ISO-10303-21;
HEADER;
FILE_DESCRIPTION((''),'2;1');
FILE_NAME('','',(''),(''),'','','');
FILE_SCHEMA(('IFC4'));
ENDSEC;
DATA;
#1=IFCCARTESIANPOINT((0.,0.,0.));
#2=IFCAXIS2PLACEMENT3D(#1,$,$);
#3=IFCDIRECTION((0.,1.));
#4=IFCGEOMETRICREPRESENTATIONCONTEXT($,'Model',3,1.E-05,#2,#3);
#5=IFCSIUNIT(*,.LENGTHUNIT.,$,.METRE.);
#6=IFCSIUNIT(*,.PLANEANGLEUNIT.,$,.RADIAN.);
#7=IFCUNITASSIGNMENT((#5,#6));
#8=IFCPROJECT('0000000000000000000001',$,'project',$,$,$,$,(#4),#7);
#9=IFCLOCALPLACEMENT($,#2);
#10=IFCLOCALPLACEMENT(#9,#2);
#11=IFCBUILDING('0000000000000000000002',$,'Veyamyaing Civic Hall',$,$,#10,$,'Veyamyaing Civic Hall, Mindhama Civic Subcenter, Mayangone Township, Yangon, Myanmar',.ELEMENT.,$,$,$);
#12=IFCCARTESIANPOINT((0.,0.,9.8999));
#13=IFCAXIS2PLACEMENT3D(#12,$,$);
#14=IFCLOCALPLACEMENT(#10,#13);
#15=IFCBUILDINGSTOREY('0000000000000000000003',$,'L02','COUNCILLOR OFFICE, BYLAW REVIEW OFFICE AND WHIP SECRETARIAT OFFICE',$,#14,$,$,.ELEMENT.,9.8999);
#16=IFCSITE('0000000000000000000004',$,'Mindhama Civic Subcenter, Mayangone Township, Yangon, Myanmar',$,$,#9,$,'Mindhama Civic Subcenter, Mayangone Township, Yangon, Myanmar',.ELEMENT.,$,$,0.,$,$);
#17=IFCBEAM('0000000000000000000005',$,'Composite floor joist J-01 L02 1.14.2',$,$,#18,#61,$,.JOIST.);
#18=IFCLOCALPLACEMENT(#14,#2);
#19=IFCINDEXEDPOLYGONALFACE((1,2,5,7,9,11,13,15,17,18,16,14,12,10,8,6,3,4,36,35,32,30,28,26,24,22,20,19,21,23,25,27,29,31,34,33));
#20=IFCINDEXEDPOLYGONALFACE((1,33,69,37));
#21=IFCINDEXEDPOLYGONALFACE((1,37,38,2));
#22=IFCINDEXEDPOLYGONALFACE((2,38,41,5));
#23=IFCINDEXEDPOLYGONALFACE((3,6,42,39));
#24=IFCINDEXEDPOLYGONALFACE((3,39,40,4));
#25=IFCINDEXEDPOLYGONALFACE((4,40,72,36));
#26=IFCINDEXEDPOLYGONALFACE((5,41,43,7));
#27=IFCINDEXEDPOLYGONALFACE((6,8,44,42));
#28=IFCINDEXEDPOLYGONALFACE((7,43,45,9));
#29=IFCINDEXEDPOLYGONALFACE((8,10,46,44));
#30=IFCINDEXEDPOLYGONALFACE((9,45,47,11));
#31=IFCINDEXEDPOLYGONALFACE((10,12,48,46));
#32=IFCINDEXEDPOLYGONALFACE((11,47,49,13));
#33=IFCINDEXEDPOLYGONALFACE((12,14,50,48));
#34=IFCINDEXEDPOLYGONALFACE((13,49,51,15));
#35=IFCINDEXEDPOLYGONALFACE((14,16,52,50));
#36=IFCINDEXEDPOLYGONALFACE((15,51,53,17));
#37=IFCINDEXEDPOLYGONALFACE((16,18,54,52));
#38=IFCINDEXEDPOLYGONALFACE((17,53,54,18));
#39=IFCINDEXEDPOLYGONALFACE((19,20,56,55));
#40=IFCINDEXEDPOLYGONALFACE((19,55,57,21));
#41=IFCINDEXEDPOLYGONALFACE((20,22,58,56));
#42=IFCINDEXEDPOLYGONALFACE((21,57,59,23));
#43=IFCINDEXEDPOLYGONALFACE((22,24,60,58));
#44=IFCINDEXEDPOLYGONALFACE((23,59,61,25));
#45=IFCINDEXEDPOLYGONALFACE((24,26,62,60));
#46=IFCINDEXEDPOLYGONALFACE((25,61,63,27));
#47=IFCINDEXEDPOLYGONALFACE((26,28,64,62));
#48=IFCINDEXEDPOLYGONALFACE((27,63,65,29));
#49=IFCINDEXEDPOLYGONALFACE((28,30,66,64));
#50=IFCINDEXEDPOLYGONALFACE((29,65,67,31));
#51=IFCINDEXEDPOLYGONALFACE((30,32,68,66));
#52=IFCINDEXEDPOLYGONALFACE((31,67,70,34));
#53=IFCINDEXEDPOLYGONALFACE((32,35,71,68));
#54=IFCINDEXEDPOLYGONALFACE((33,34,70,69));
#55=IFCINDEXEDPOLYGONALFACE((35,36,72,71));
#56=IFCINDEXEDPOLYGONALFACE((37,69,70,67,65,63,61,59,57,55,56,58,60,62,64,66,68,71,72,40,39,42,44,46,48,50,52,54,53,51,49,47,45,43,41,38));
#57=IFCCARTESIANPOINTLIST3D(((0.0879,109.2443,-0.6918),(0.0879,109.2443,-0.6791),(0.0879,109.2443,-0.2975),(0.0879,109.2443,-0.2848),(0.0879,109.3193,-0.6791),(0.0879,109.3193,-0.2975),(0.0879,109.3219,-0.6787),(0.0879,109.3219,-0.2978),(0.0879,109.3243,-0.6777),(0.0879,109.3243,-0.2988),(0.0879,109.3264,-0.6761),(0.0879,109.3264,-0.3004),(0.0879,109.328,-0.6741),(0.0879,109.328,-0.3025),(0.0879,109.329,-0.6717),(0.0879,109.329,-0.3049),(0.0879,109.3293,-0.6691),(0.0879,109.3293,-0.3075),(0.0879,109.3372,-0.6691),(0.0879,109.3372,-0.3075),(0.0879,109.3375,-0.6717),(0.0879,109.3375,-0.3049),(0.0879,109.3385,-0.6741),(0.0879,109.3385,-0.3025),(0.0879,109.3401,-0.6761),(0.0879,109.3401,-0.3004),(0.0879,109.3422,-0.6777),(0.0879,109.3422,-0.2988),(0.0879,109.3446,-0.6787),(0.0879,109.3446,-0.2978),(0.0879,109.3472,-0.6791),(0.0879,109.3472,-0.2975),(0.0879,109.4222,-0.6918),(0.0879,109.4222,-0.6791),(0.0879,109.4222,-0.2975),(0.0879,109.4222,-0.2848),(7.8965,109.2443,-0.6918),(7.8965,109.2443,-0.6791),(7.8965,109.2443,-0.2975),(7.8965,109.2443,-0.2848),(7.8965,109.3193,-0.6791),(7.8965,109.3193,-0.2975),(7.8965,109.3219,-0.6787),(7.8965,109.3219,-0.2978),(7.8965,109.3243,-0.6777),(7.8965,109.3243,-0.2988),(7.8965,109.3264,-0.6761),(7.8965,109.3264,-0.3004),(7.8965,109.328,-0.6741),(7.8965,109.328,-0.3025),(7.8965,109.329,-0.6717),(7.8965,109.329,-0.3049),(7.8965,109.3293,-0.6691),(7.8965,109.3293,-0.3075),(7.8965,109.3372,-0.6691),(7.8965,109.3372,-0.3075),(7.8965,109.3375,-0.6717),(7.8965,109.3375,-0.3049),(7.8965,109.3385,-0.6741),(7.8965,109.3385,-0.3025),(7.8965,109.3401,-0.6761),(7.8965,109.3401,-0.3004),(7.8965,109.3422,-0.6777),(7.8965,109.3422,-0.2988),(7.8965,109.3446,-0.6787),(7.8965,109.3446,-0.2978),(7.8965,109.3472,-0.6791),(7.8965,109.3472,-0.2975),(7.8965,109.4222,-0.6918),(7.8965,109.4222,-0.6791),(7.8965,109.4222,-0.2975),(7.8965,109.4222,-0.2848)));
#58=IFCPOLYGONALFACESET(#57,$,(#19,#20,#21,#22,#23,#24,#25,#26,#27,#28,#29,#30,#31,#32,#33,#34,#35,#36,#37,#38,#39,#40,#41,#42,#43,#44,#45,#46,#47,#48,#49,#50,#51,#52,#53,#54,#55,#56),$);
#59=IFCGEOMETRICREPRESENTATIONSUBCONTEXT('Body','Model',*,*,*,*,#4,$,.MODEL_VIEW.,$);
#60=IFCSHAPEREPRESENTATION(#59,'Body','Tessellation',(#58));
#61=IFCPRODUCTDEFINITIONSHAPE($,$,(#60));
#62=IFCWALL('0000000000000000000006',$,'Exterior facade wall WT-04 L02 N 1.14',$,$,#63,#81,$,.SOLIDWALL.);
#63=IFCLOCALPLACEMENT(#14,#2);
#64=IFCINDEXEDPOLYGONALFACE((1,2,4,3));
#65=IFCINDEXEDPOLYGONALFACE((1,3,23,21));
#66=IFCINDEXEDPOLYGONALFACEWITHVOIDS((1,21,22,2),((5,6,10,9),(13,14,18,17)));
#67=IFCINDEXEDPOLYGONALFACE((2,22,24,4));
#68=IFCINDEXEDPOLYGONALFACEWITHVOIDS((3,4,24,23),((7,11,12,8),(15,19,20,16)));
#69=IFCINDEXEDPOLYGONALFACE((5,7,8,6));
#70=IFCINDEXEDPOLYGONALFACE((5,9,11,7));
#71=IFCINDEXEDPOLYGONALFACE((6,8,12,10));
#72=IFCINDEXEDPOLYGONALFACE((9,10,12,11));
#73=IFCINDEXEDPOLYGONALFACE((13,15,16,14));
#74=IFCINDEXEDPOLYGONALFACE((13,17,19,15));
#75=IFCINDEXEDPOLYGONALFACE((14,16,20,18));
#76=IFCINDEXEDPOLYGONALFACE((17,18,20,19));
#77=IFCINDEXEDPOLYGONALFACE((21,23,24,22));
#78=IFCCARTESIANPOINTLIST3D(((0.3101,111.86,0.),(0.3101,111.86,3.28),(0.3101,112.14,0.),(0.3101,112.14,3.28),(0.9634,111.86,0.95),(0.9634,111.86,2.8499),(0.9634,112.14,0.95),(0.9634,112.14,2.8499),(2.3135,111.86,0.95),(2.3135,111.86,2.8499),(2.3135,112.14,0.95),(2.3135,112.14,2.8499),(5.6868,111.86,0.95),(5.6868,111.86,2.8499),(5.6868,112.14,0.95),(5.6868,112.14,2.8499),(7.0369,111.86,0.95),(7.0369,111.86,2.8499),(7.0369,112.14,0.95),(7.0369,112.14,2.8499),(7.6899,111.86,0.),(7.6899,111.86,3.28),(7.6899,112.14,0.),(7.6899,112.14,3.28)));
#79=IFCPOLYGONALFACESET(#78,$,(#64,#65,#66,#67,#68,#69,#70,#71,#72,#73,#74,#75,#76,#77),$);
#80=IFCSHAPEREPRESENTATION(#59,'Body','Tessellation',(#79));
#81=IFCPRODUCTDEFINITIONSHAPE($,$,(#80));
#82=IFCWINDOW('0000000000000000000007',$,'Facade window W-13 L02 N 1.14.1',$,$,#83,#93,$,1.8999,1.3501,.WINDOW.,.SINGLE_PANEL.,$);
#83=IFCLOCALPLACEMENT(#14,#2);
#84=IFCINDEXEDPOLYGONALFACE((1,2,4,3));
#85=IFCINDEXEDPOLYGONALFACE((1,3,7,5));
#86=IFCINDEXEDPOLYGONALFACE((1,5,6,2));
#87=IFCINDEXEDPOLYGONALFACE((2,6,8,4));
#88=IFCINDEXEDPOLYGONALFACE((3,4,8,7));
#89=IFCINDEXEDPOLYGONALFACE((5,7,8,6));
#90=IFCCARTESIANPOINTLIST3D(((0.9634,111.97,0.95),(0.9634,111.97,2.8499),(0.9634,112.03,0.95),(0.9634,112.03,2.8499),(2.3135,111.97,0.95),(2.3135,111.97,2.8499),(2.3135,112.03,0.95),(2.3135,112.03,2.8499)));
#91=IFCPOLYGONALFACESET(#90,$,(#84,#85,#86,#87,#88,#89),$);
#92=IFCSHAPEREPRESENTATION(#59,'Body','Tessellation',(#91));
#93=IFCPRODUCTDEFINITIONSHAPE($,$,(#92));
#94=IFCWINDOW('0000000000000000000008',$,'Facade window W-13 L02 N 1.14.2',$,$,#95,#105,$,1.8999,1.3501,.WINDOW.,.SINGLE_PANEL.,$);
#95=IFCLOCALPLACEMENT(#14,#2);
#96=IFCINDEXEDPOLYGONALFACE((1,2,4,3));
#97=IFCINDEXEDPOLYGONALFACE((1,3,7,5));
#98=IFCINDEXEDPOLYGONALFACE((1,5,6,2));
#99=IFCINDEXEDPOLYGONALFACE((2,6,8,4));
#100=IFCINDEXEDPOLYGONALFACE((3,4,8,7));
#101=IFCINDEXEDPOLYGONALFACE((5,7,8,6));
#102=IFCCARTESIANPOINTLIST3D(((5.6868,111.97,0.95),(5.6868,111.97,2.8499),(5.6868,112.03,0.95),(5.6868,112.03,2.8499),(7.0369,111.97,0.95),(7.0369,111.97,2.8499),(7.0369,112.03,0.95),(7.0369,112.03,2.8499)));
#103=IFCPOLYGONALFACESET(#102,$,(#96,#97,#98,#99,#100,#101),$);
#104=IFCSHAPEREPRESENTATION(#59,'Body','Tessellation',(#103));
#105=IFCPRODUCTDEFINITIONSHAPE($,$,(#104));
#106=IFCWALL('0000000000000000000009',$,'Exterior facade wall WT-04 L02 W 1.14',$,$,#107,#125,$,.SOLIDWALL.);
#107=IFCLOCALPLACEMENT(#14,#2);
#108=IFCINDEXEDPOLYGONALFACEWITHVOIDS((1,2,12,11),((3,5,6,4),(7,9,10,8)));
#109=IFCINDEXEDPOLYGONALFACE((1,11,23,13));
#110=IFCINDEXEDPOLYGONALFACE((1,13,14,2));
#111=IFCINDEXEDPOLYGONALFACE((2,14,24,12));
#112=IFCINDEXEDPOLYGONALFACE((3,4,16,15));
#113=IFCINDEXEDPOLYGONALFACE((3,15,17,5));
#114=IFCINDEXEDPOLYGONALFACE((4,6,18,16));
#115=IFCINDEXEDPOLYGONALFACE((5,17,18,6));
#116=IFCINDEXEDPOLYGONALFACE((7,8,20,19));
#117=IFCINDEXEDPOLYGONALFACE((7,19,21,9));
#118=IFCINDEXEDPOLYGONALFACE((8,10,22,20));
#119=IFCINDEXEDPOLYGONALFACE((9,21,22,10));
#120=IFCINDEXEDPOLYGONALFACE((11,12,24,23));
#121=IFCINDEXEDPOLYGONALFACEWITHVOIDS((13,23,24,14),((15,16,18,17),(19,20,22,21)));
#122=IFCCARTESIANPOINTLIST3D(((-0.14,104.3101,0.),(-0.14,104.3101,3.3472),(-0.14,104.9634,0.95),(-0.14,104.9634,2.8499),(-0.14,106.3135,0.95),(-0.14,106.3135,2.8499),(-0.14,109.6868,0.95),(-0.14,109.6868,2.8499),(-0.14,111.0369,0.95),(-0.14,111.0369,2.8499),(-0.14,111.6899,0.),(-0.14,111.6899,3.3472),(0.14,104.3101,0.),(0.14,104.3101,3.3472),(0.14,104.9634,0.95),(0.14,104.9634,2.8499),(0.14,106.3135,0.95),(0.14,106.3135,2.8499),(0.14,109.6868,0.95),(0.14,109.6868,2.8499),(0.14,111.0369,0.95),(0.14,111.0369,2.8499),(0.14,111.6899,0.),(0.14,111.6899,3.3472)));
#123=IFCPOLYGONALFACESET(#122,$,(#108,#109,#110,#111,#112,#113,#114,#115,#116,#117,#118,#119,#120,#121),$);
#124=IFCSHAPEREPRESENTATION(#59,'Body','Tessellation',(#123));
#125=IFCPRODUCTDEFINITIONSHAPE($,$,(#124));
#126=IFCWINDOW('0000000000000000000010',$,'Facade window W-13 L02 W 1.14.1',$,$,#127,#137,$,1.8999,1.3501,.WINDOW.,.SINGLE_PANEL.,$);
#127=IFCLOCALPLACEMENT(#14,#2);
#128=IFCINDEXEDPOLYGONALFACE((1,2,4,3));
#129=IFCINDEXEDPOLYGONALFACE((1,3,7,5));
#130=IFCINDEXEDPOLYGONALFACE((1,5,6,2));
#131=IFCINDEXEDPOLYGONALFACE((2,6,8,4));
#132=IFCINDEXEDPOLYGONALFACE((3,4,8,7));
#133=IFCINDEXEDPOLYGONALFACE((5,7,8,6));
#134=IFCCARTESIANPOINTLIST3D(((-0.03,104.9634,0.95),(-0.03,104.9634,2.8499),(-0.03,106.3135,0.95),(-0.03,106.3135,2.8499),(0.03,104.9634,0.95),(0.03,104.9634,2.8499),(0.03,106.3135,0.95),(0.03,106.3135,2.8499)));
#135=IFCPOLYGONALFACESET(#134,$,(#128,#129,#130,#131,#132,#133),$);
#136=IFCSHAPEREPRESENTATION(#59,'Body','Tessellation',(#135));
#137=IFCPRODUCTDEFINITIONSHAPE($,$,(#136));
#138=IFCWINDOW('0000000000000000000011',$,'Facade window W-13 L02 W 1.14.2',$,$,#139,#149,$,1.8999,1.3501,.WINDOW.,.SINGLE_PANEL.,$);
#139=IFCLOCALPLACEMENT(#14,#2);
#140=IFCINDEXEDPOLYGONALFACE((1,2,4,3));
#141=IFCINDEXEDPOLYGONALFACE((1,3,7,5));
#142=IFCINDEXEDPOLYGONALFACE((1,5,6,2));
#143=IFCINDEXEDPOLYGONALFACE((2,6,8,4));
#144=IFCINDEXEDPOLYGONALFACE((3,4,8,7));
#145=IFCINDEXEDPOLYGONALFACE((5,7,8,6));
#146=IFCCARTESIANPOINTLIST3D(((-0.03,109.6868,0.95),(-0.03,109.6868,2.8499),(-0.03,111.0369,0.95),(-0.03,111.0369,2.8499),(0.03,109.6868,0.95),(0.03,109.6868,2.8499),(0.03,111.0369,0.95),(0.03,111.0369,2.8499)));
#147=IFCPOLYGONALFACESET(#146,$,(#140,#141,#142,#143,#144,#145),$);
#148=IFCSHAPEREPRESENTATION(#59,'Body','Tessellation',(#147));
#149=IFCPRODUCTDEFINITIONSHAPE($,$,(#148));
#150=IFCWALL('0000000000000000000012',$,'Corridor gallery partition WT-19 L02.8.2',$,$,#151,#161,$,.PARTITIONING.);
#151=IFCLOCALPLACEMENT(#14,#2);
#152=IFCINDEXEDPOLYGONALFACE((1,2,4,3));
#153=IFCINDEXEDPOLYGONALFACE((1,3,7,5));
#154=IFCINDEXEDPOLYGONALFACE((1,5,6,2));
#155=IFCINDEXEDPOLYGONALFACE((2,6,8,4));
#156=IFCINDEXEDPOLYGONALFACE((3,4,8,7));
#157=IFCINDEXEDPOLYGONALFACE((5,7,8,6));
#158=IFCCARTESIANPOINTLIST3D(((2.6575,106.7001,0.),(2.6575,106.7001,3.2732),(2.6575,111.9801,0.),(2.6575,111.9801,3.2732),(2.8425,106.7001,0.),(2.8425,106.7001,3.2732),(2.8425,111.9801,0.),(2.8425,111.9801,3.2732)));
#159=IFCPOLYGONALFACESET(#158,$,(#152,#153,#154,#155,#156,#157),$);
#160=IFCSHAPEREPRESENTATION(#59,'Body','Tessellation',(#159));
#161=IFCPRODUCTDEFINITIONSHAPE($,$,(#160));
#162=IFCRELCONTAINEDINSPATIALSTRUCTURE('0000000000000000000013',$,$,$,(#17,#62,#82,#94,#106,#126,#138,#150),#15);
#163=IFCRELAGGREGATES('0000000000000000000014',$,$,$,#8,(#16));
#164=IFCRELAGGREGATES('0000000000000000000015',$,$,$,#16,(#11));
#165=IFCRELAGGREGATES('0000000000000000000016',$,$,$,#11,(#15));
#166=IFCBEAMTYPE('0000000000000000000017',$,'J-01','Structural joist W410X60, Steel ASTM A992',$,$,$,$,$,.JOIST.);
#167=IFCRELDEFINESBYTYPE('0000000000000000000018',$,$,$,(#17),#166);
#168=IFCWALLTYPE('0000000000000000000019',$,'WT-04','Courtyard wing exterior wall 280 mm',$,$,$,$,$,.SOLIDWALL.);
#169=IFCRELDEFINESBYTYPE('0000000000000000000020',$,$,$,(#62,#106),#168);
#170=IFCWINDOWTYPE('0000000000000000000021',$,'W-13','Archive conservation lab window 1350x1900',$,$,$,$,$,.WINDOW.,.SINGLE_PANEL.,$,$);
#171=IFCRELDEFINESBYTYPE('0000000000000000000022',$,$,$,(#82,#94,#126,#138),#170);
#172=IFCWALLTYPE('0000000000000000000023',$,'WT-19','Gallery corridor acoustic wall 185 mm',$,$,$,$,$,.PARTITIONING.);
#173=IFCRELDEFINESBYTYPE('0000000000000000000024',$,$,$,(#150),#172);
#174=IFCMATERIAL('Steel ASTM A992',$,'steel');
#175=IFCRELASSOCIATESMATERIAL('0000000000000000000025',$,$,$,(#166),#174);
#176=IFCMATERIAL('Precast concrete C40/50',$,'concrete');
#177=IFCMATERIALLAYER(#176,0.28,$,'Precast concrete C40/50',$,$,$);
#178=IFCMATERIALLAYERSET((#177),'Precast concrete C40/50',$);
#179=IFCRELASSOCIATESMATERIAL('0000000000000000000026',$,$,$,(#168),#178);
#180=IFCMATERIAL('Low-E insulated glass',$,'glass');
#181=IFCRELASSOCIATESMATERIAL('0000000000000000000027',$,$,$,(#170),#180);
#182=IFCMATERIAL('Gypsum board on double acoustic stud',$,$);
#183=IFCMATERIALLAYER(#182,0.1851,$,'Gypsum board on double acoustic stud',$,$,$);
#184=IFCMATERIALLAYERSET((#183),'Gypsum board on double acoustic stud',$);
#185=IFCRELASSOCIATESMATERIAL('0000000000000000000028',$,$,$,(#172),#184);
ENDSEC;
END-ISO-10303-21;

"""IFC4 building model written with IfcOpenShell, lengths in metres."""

from ifc_helpers import new_model, si_unit, direction, frame, frame_2d, origin, origin_2d, place, context, subcontext, project, spatial, rectangle, i_section, extrude, material, layer, layer_set, material_profile, profile_set, type_object, element, fill, save


model = new_model("IFC4")

# Units and contexts
model_context = context("Model", 3, precision=1e-05, world=origin(), true_north=direction((0.0, 1.0)))
body_context = subcontext(model_context, "Body", "Model", "MODEL_VIEW")
ifc_project = project(units=[si_unit("LENGTHUNIT", "METRE"), si_unit("PLANEANGLEUNIT", "RADIAN")], contexts=[model_context])

# Site, building, storey
site_placement = place(None, origin())
site = spatial("IfcSite", under=ifc_project, at=site_placement, Name="Mindhama Civic Subcenter, Mayangone Township, Yangon, Myanmar", LongName="Mindhama Civic Subcenter, Mayangone Township, Yangon, Myanmar", CompositionType="ELEMENT", RefElevation=0.0)
building_placement = place(site_placement, origin())
building = spatial("IfcBuilding", under=site, at=building_placement, Name="Veyamyaing Civic Hall", LongName="Veyamyaing Civic Hall, Mindhama Civic Subcenter, Mayangone Township, Yangon, Myanmar", CompositionType="ELEMENT")
storey_placement = place(building_placement, frame((0.0, 0.0, 9.8999)))
storey = spatial("IfcBuildingStorey", under=building, at=storey_placement, Name="L02", Description="COUNCILLOR OFFICE, BYLAW REVIEW OFFICE AND WHIP SECRETARIAT OFFICE", CompositionType="ELEMENT", Elevation=9.8999)

# Beam
ifc_material_1 = material(Name="Steel ASTM A992", Category="steel")
ifc_material_profile_1 = material_profile(ifc_material_1, i_section(OverallWidth=0.178, OverallDepth=0.407, WebThickness=0.0078, FlangeThickness=0.0127, FilletRadius=0.01, at=origin_2d()), Name="W410X60")
ifc_profile_set_1 = profile_set([ifc_material_profile_1], Name="Steel ASTM A992")
beam_type_1 = type_object("IfcBeamType", Name="J-01", Description="Structural joist W410X60, Steel ASTM A992", PredefinedType="JOIST", material=ifc_profile_set_1)
for number, where, z_axis, x_axis, name in (
    (1, (0.0879, 109.3333, -0.4883), (1.0, 0.0, 0.0), (0.0, 1.0, 0.0), "Composite floor joist J-01 L02 1.14.2"),
):
    element("IfcBeam", number, at=place(storey_placement, frame(where, z_axis=z_axis, x_axis=x_axis)), inside=storey, type_object=beam_type_1, Name=name, PredefinedType="JOIST", context=body_context, shape_type="SweptSolid", body=[
        extrude(i_section(OverallWidth=0.178, OverallDepth=0.407, WebThickness=0.0078, FlangeThickness=0.0127, FilletRadius=0.01, at=origin_2d()), origin(), (0.0, 0.0, 1.0), 7.8086),
    ])

# Walls, openings, windows
ifc_material_2 = material(Name="Precast concrete C40/50", Category="concrete")
ifc_layer_1 = layer(ifc_material_2, 0.28, Name="Precast concrete C40/50")
ifc_layer_set_1 = layer_set([ifc_layer_1], Name="Precast concrete C40/50")
wall_type_1 = type_object("IfcWallType", Name="WT-04", Description="Courtyard wing exterior wall 280 mm", PredefinedType="SOLIDWALL", material=ifc_layer_set_1)
wall_1_placement = place(storey_placement, frame((0.3101, 112.0, 0.0), z_axis=(0.0, 0.0, 1.0), x_axis=(1.0, 0.0, 0.0)))
wall_1 = element("IfcWall", 2, at=wall_1_placement, inside=storey, type_object=wall_type_1, Name="Exterior facade wall WT-04 L02 N 1.14", PredefinedType="SOLIDWALL", context=body_context, shape_type="SweptSolid", body=[
    extrude(rectangle(XDim=7.3799, YDim=0.28, at=frame_2d((3.6899, 0.0))), origin(), (0.0, 0.0, 1.0), 3.28),
])
opening_1_placement = place(wall_1_placement, frame((0.6533, 0.0, 0.95)))
opening_1 = element("IfcOpeningElement", 3, at=opening_1_placement, cuts=wall_1, PredefinedType="OPENING", context=body_context, shape_type="SweptSolid", body=[
    extrude(rectangle(XDim=1.3501, YDim=1.8999, at=frame_2d((0.675, 0.95))), frame((0.0, 0.1499, 0.0), z_axis=(0.0, -1.0, 0.0), x_axis=(1.0, 0.0, 0.0)), (0.0, 0.0, 1.0), 0.3),
])
opening_2_placement = place(wall_1_placement, frame((5.3767, 0.0, 0.95)))
opening_2 = element("IfcOpeningElement", 4, at=opening_2_placement, cuts=wall_1, PredefinedType="OPENING", context=body_context, shape_type="SweptSolid", body=[
    extrude(rectangle(XDim=1.3501, YDim=1.8999, at=frame_2d((0.675, 0.95))), frame((0.0, 0.1499, 0.0), z_axis=(0.0, -1.0, 0.0), x_axis=(1.0, 0.0, 0.0)), (0.0, 0.0, 1.0), 0.3),
])
ifc_material_3 = material(Name="Low-E insulated glass", Category="glass")
window_type = type_object("IfcWindowType", Name="W-13", Description="Archive conservation lab window 1350x1900", PartitioningType="SINGLE_PANEL", PredefinedType="WINDOW", material=ifc_material_3)
window_1_placement = place(opening_1_placement, origin())
window_1 = element("IfcWindow", 5, at=window_1_placement, inside=storey, type_object=window_type, Name="Facade window W-13 L02 N 1.14.1", OverallHeight=1.8999, OverallWidth=1.3501, PartitioningType="SINGLE_PANEL", PredefinedType="WINDOW", context=body_context, shape_type="SweptSolid", body=[
    extrude(rectangle(XDim=1.3501, YDim=1.8999, at=frame_2d((0.675, 0.95))), frame((0.0, 0.03, 0.0), z_axis=(0.0, -1.0, 0.0), x_axis=(1.0, 0.0, 0.0)), (0.0, 0.0, 1.0), 0.0601),
])
fill(opening_1, window_1)
window_2_placement = place(opening_2_placement, origin())
window_2 = element("IfcWindow", 6, at=window_2_placement, inside=storey, type_object=window_type, Name="Facade window W-13 L02 N 1.14.2", OverallHeight=1.8999, OverallWidth=1.3501, PartitioningType="SINGLE_PANEL", PredefinedType="WINDOW", context=body_context, shape_type="SweptSolid", body=[
    extrude(rectangle(XDim=1.3501, YDim=1.8999, at=frame_2d((0.675, 0.95))), frame((0.0, 0.03, 0.0), z_axis=(0.0, -1.0, 0.0), x_axis=(1.0, 0.0, 0.0)), (0.0, 0.0, 1.0), 0.0601),
])
fill(opening_2, window_2)
wall_2_placement = place(storey_placement, frame((0.0, 104.3101, 0.0), z_axis=(0.0, 0.0, 1.0), x_axis=(0.0, 1.0, 0.0)))
wall_2 = element("IfcWall", 7, at=wall_2_placement, inside=storey, type_object=wall_type_1, Name="Exterior facade wall WT-04 L02 W 1.14", PredefinedType="SOLIDWALL", context=body_context, shape_type="SweptSolid", body=[
    extrude(rectangle(XDim=7.3799, YDim=0.28, at=frame_2d((3.6899, 0.0))), origin(), (0.0, 0.0, 1.0), 3.3472),
])
opening_3_placement = place(wall_2_placement, frame((0.6533, 0.0, 0.95)))
opening_3 = element("IfcOpeningElement", 8, at=opening_3_placement, cuts=wall_2, PredefinedType="OPENING", context=body_context, shape_type="SweptSolid", body=[
    extrude(rectangle(XDim=1.3501, YDim=1.8999, at=frame_2d((0.675, 0.95))), frame((0.0, 0.1499, 0.0), z_axis=(0.0, -1.0, 0.0), x_axis=(1.0, 0.0, 0.0)), (0.0, 0.0, 1.0), 0.3),
])
opening_4_placement = place(wall_2_placement, frame((5.3767, 0.0, 0.95)))
opening_4 = element("IfcOpeningElement", 9, at=opening_4_placement, cuts=wall_2, PredefinedType="OPENING", context=body_context, shape_type="SweptSolid", body=[
    extrude(rectangle(XDim=1.3501, YDim=1.8999, at=frame_2d((0.675, 0.95))), frame((0.0, 0.1499, 0.0), z_axis=(0.0, -1.0, 0.0), x_axis=(1.0, 0.0, 0.0)), (0.0, 0.0, 1.0), 0.3),
])
window_3_placement = place(opening_3_placement, origin())
window_3 = element("IfcWindow", 10, at=window_3_placement, inside=storey, type_object=window_type, Name="Facade window W-13 L02 W 1.14.1", OverallHeight=1.8999, OverallWidth=1.3501, PartitioningType="SINGLE_PANEL", PredefinedType="WINDOW", context=body_context, shape_type="SweptSolid", body=[
    extrude(rectangle(XDim=1.3501, YDim=1.8999, at=frame_2d((0.675, 0.95))), frame((0.0, 0.03, 0.0), z_axis=(0.0, -1.0, 0.0), x_axis=(1.0, 0.0, 0.0)), (0.0, 0.0, 1.0), 0.0601),
])
fill(opening_3, window_3)
window_4_placement = place(opening_4_placement, origin())
window_4 = element("IfcWindow", 11, at=window_4_placement, inside=storey, type_object=window_type, Name="Facade window W-13 L02 W 1.14.2", OverallHeight=1.8999, OverallWidth=1.3501, PartitioningType="SINGLE_PANEL", PredefinedType="WINDOW", context=body_context, shape_type="SweptSolid", body=[
    extrude(rectangle(XDim=1.3501, YDim=1.8999, at=frame_2d((0.675, 0.95))), frame((0.0, 0.03, 0.0), z_axis=(0.0, -1.0, 0.0), x_axis=(1.0, 0.0, 0.0)), (0.0, 0.0, 1.0), 0.0601),
])
fill(opening_4, window_4)

# Shared definitions
ifc_material_4 = material(Name="Gypsum board on double acoustic stud")
ifc_layer_2 = layer(ifc_material_4, 0.1851, Name="Gypsum board on double acoustic stud")
ifc_layer_set_2 = layer_set([ifc_layer_2], Name="Gypsum board on double acoustic stud")
wall_type_2 = type_object("IfcWallType", Name="WT-19", Description="Gallery corridor acoustic wall 185 mm", PredefinedType="PARTITIONING", material=ifc_layer_set_2)

# Wall
wall_3_placement = place(storey_placement, frame((2.75, 106.7, 0.0), z_axis=(0.0, 0.0, 1.0), x_axis=(0.0, 1.0, 0.0)))
element("IfcWall", 12, at=wall_3_placement, inside=storey, type_object=wall_type_2, Name="Corridor gallery partition WT-19 L02.8.2", PredefinedType="PARTITIONING", context=body_context, shape_type="SweptSolid", body=[
    extrude(rectangle(XDim=5.28, YDim=0.1851, at=frame_2d((2.6401, 0.0))), origin(), (0.0, 0.0, 1.0), 3.2732),
])

save(model, "model.ifc")
